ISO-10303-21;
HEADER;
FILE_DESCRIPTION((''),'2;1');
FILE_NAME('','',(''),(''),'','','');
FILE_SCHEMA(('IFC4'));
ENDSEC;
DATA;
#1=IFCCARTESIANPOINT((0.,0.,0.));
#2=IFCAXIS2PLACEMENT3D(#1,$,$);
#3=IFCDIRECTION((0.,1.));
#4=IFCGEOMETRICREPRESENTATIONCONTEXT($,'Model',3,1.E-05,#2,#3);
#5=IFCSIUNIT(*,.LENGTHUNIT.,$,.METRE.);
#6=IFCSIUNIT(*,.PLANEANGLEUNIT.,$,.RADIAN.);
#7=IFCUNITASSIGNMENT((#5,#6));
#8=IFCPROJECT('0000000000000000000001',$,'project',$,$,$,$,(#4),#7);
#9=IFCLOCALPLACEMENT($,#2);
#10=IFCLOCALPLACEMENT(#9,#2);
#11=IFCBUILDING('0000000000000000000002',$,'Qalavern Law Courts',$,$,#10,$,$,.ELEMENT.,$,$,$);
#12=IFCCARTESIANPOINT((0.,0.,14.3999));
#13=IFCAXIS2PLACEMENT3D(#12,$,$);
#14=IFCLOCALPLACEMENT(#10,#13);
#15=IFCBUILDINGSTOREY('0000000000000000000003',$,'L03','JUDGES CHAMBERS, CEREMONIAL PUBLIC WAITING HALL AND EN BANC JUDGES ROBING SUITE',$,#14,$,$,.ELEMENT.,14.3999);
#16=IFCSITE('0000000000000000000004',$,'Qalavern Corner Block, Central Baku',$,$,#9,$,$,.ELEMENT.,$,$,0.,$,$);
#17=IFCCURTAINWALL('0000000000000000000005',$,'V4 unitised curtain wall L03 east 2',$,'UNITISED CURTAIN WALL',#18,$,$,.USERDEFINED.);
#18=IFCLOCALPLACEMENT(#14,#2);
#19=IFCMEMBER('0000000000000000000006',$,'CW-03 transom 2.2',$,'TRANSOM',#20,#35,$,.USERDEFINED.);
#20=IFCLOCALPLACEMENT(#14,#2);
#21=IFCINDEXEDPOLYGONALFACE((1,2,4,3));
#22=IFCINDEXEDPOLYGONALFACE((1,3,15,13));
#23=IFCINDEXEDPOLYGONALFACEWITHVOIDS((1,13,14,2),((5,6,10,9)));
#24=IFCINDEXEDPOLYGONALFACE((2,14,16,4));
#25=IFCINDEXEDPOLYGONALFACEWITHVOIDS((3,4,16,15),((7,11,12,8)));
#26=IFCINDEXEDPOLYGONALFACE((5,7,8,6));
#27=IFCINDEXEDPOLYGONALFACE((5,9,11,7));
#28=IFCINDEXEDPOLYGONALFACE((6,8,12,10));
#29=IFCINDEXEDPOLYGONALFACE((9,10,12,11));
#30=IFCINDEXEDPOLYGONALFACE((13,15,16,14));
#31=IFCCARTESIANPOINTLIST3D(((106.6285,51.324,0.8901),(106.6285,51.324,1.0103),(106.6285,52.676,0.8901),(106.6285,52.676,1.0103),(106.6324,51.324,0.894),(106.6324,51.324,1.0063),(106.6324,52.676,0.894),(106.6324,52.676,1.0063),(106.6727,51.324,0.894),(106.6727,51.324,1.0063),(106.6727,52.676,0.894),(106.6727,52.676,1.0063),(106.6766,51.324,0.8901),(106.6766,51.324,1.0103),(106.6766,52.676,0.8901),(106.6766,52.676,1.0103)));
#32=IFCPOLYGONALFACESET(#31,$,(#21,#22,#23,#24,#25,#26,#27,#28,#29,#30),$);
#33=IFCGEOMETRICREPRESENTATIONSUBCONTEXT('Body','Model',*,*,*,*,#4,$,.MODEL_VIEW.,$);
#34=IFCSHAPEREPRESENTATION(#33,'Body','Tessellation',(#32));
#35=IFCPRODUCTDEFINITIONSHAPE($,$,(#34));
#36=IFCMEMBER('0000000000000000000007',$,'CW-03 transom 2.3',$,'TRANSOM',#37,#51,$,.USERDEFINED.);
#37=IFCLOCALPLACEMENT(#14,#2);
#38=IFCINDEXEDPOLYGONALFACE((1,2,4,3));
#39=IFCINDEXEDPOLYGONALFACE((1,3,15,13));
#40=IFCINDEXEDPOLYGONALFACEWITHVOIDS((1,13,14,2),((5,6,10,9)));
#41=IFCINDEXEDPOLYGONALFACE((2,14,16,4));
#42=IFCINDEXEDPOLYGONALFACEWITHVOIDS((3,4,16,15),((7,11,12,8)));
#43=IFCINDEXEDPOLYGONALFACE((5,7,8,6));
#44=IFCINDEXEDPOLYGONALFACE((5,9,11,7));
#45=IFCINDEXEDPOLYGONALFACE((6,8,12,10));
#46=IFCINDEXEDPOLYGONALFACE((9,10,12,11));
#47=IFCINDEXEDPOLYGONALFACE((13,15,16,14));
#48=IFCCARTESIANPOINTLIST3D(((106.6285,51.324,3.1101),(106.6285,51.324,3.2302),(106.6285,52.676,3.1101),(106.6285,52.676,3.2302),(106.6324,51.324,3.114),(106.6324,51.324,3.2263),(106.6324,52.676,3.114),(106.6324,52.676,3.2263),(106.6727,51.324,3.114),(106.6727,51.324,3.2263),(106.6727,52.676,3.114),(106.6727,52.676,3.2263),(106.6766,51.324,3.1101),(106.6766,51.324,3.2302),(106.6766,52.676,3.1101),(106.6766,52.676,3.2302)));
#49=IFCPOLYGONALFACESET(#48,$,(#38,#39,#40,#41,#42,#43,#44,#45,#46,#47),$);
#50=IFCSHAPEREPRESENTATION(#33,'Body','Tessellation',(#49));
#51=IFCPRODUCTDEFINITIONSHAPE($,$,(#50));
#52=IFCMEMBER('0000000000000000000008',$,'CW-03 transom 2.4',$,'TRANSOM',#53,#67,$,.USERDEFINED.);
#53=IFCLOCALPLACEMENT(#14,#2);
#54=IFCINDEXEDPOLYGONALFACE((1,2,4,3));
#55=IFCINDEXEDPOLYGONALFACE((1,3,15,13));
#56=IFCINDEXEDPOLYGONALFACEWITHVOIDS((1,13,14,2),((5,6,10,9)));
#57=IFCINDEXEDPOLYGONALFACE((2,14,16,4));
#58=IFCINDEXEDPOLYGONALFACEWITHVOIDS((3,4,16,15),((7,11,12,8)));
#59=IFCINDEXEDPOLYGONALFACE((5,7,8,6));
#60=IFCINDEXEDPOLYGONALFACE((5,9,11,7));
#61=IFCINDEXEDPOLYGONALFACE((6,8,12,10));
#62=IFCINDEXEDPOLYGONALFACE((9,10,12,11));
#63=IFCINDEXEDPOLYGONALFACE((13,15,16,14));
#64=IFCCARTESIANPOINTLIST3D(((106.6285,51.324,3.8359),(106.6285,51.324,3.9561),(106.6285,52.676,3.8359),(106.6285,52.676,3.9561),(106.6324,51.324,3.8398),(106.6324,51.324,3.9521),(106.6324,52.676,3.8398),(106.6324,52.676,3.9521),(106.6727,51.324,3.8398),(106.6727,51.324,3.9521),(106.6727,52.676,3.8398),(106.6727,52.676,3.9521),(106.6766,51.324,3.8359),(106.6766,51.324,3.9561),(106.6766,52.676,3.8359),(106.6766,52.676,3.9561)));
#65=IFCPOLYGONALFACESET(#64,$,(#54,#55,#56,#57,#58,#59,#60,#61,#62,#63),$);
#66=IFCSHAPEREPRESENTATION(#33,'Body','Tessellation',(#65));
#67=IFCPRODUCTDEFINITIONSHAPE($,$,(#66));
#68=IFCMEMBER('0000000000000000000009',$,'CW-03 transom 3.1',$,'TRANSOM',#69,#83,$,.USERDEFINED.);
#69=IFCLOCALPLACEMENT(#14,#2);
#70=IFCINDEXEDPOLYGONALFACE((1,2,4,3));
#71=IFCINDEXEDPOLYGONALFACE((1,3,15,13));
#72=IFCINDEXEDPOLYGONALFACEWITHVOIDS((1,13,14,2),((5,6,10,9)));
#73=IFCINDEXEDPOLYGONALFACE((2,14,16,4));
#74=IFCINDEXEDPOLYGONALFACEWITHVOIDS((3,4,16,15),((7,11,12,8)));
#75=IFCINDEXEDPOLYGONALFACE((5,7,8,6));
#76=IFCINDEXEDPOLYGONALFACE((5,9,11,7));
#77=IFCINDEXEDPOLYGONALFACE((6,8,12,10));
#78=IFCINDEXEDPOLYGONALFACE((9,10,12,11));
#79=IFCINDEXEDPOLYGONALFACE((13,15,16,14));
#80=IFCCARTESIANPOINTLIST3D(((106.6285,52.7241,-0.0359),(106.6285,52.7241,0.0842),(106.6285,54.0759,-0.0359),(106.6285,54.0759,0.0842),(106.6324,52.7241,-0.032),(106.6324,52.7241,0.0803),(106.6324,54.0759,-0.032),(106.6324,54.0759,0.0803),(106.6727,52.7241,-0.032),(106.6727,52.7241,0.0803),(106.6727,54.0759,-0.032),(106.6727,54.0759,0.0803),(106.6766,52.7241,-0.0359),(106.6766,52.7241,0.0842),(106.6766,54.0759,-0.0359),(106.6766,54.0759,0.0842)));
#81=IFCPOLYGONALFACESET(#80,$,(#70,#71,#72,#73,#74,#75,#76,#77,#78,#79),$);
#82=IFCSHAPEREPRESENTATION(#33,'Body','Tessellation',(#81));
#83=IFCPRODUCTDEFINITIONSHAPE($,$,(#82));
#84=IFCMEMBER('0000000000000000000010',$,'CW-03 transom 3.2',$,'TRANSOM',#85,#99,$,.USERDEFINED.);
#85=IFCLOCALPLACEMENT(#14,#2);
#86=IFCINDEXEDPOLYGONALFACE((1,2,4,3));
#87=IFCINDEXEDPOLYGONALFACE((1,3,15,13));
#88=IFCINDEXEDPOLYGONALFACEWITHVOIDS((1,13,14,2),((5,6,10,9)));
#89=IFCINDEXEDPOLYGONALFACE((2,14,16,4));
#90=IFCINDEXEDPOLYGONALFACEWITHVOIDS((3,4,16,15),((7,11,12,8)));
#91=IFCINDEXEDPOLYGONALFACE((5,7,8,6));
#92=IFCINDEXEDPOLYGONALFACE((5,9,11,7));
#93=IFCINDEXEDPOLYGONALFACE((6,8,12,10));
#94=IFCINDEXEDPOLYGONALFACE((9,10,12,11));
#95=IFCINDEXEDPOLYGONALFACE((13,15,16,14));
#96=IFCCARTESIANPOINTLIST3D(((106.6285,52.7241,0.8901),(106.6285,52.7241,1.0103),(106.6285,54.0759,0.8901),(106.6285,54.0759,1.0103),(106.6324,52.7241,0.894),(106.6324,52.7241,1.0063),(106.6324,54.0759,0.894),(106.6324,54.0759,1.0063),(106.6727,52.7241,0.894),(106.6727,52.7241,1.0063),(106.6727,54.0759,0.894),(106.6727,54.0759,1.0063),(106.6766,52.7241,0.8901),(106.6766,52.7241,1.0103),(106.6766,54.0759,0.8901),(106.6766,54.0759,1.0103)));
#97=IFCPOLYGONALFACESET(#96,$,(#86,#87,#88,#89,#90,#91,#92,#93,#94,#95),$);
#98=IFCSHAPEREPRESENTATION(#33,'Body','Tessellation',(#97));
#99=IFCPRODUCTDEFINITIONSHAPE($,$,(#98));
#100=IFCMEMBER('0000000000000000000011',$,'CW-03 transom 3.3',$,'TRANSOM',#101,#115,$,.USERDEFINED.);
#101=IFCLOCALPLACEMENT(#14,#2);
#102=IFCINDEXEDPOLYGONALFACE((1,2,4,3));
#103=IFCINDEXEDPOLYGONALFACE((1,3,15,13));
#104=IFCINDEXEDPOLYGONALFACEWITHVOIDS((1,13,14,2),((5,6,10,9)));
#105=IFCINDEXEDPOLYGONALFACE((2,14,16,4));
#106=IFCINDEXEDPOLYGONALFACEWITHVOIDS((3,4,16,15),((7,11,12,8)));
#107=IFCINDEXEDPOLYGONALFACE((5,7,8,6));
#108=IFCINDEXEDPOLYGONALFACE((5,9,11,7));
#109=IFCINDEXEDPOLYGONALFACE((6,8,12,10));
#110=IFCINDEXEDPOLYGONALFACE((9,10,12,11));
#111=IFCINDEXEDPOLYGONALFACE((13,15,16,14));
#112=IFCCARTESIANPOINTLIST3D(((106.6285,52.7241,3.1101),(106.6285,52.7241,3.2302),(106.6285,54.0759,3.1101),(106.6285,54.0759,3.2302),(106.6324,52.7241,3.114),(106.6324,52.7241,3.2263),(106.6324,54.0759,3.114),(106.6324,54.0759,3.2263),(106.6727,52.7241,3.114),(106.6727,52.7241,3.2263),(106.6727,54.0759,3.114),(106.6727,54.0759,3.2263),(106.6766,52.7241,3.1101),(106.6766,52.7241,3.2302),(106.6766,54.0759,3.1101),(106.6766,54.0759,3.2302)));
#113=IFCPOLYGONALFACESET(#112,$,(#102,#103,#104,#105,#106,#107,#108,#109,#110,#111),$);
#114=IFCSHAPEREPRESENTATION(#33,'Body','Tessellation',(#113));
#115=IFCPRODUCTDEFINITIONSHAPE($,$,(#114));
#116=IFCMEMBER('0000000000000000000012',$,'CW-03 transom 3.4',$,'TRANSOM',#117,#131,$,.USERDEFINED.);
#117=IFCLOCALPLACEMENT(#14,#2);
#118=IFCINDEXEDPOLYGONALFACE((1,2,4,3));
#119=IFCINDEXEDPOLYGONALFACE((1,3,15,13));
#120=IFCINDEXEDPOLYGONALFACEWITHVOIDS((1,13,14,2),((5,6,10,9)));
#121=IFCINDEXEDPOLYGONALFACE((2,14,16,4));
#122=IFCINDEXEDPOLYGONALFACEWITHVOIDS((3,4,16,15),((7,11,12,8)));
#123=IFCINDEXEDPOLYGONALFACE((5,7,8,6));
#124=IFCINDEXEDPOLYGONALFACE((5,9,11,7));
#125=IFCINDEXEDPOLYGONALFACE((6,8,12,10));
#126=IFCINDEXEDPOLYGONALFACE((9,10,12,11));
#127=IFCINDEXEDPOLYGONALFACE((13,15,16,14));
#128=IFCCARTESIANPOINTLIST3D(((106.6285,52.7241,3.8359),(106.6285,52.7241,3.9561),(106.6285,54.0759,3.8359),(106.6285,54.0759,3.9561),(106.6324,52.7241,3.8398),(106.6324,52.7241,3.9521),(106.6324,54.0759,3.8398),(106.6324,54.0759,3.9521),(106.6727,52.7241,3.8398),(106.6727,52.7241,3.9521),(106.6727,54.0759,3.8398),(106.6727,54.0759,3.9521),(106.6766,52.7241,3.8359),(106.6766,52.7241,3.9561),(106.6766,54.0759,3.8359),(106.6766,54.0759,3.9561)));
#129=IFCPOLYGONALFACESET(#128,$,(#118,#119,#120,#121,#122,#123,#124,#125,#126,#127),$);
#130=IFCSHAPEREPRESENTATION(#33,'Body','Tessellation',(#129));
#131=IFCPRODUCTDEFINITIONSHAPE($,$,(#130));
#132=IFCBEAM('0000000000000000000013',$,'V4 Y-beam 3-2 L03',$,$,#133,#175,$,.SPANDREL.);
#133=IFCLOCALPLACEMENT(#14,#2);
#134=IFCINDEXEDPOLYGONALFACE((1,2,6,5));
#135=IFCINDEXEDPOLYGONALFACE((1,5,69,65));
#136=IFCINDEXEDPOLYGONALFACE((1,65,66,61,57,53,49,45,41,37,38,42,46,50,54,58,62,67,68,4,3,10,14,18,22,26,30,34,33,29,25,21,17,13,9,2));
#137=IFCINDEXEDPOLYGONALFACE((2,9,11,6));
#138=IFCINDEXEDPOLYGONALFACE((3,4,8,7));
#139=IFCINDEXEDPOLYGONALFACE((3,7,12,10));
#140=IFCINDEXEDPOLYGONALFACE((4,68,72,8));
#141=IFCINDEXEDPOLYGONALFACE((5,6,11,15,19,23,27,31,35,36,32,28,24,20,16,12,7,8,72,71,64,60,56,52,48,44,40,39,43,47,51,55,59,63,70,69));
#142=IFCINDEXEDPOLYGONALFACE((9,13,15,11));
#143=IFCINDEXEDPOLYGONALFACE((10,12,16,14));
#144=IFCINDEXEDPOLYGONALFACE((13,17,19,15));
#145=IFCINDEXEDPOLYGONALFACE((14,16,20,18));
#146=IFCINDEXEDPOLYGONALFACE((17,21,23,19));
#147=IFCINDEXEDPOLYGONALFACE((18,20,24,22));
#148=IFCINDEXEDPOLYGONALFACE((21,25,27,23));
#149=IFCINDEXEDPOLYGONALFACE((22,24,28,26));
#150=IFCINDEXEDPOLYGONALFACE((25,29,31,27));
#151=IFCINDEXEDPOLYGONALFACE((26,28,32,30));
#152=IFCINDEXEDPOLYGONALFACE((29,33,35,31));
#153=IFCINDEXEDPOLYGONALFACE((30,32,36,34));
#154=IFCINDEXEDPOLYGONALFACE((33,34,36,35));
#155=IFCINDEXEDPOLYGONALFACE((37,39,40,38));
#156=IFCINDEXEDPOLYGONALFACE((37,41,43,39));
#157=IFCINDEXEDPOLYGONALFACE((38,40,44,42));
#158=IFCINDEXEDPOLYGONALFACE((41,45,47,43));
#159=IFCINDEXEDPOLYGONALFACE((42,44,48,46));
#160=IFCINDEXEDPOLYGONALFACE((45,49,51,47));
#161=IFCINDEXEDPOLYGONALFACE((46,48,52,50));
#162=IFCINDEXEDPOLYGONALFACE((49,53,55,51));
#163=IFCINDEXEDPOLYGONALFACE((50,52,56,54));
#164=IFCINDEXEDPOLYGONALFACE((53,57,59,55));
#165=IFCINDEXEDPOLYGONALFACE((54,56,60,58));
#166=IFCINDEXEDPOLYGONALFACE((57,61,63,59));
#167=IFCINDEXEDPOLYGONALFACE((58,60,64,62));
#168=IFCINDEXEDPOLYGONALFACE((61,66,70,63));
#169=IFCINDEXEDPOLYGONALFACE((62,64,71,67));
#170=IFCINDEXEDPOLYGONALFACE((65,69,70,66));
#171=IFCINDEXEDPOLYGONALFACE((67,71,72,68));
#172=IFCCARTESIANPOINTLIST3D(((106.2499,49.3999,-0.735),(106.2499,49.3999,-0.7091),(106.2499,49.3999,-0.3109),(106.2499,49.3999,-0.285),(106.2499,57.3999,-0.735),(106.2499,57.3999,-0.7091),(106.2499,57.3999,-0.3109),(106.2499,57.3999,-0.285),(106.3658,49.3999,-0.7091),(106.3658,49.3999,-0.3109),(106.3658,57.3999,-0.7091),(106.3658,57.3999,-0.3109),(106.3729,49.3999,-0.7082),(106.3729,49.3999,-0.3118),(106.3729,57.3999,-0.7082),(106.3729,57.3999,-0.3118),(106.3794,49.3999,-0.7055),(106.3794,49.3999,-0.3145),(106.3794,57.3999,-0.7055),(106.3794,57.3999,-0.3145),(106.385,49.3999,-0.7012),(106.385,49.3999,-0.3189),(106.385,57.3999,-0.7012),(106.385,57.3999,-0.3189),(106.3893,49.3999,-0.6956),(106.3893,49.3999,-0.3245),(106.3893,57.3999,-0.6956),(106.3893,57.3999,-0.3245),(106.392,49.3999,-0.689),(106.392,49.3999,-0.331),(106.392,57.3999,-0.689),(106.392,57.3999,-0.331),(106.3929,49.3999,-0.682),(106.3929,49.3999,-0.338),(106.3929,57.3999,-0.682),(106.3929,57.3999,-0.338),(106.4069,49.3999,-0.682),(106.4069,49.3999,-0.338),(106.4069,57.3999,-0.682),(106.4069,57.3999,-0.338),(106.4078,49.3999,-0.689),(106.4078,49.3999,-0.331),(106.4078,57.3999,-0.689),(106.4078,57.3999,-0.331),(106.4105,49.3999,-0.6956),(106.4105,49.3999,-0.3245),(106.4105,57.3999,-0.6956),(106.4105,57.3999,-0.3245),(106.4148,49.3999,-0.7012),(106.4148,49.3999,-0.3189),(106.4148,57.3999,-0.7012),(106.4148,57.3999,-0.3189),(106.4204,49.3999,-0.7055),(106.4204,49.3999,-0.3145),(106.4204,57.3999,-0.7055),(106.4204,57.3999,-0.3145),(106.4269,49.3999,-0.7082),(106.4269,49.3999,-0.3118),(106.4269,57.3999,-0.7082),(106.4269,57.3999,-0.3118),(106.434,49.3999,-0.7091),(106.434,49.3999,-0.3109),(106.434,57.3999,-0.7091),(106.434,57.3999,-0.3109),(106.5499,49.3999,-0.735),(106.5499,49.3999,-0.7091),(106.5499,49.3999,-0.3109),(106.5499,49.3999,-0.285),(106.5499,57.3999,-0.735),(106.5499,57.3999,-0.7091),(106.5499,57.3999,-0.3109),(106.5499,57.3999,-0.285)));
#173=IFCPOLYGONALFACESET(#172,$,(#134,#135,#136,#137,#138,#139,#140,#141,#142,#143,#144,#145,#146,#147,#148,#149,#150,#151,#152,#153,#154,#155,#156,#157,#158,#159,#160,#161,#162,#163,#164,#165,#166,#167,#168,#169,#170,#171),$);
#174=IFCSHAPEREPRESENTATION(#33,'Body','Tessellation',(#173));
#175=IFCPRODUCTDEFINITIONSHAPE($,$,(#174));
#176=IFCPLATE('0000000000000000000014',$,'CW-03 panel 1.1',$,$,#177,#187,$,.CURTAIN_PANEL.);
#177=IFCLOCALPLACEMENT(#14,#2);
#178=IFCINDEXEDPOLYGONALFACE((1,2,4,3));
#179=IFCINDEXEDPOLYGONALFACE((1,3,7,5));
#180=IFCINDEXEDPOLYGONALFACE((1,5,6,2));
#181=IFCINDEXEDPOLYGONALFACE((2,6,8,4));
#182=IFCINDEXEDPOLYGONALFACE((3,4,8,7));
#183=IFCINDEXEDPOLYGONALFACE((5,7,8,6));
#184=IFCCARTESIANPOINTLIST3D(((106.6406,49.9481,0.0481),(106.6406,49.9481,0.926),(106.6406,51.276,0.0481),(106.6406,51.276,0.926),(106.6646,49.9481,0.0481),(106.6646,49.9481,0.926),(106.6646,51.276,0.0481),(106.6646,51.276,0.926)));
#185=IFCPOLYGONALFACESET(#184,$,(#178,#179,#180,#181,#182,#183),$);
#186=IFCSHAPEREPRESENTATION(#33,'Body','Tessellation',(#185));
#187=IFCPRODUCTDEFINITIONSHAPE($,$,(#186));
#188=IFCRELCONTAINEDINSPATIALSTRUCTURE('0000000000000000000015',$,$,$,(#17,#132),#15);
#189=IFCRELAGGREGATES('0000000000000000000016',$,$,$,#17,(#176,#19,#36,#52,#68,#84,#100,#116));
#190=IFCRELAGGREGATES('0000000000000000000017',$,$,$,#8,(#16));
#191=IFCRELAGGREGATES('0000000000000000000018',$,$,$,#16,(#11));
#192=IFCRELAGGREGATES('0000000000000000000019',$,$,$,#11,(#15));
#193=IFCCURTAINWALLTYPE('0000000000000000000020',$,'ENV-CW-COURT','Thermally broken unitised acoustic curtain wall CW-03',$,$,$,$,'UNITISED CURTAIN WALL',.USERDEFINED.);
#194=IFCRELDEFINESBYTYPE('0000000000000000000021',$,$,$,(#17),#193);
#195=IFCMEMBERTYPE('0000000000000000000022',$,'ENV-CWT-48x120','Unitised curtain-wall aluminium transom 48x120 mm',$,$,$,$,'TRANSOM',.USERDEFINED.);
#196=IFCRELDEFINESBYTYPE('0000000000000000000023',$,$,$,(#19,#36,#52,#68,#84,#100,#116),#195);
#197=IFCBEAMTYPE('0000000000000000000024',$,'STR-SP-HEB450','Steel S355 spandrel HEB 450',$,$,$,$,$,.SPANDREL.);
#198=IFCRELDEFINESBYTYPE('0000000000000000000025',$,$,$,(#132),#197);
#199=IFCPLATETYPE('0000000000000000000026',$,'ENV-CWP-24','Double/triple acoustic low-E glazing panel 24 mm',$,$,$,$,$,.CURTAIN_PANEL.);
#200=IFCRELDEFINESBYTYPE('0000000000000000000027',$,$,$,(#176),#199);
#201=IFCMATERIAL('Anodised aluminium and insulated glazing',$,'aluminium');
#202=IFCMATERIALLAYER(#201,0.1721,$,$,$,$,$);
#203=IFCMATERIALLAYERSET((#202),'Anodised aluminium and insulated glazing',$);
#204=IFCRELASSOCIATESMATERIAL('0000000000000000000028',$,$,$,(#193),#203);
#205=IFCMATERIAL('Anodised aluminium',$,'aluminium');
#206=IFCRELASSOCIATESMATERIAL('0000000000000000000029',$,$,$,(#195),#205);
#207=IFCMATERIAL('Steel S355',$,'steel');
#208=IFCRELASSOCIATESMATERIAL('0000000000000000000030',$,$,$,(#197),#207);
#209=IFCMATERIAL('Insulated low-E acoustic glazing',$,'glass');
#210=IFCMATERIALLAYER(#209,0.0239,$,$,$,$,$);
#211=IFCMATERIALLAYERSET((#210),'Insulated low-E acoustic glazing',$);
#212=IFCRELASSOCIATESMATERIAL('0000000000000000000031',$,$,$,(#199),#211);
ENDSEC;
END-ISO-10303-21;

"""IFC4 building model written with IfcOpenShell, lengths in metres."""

from ifc_helpers import new_model, si_unit, direction, frame, origin, origin_2d, place, context, subcontext, project, spatial, rectangle, hollow_rectangle, i_section, extrude, material, layer, layer_set, material_profile, profile_set, type_object, element, aggregate, save


model = new_model("IFC4")

# Units and contexts
model_context = context("Model", 3, precision=1e-05, world=origin(), true_north=direction((0.0, 1.0)))
body_context = subcontext(model_context, "Body", "Model", "MODEL_VIEW")
ifc_project = project(units=[si_unit("LENGTHUNIT", "METRE"), si_unit("PLANEANGLEUNIT", "RADIAN")], contexts=[model_context])

# Site, building, storey
site_placement = place(None, origin())
site = spatial("IfcSite", under=ifc_project, at=site_placement, Name="Qalavern Corner Block, Central Baku", CompositionType="ELEMENT", RefElevation=0.0)
building_placement = place(site_placement, origin())
building = spatial("IfcBuilding", under=site, at=building_placement, Name="Qalavern Law Courts", CompositionType="ELEMENT")
storey_placement = place(building_placement, frame((0.0, 0.0, 14.3999)))
storey = spatial("IfcBuildingStorey", under=building, at=storey_placement, Name="L03", Description="JUDGES CHAMBERS, CEREMONIAL PUBLIC WAITING HALL AND EN BANC JUDGES ROBING SUITE", CompositionType="ELEMENT", Elevation=14.3999)

# Shared definitions
ifc_material_1 = material(Name="Anodised aluminium and insulated glazing", Category="aluminium")
ifc_layer_1 = layer(ifc_material_1, 0.1721)
ifc_layer_set_1 = layer_set([ifc_layer_1], Name="Anodised aluminium and insulated glazing")
curtain_wall_type = type_object("IfcCurtainWallType", Name="ENV-CW-COURT", Description="Thermally broken unitised acoustic curtain wall CW-03", ElementType="UNITISED CURTAIN WALL", PredefinedType="USERDEFINED", material=ifc_layer_set_1)
ifc_material_2 = material(Name="Anodised aluminium", Category="aluminium")

# Curtain wall
curtain_wall_1_placement = place(storey_placement, origin())
curtain_wall_1 = element("IfcCurtainWall", 1, at=curtain_wall_1_placement, inside=storey, type_object=curtain_wall_type, Name="V4 unitised curtain wall L03 east 2", ObjectType="UNITISED CURTAIN WALL", PredefinedType="USERDEFINED")

# Members
ifc_material_profile_1 = material_profile(ifc_material_2, hollow_rectangle(XDim=0.0481, YDim=0.1201, WallThickness=0.0039, at=origin_2d()), Name="ALU TRANSOM 48x120")
ifc_profile_set_1 = profile_set([ifc_material_profile_1], Name="Anodised aluminium")
member_type_1 = type_object("IfcMemberType", Name="ENV-CWT-48x120", Description="Unitised curtain-wall aluminium transom 48x120 mm", ElementType="TRANSOM", PredefinedType="USERDEFINED", material=ifc_profile_set_1)
member_1_placement = place(storey_placement, frame((106.6526, 51.324, 0.9502), z_axis=(0.0, 1.0, 0.0), x_axis=(-1.0, 0.0, 0.0)))
member_1 = element("IfcMember", 2, at=member_1_placement, type_object=member_type_1, Name="CW-03 transom 2.2", ObjectType="TRANSOM", PredefinedType="USERDEFINED", context=body_context, shape_type="SweptSolid", body=[
    extrude(hollow_rectangle(XDim=0.0481, YDim=0.1201, WallThickness=0.0039, at=origin_2d()), origin(), (0.0, 0.0, 1.0), 1.3521),
])
member_2_placement = place(storey_placement, frame((106.6526, 51.324, 3.1702), z_axis=(0.0, 1.0, 0.0), x_axis=(-1.0, 0.0, 0.0)))
member_2 = element("IfcMember", 3, at=member_2_placement, type_object=member_type_1, Name="CW-03 transom 2.3", ObjectType="TRANSOM", PredefinedType="USERDEFINED", context=body_context, shape_type="SweptSolid", body=[
    extrude(hollow_rectangle(XDim=0.0481, YDim=0.1201, WallThickness=0.0039, at=origin_2d()), origin(), (0.0, 0.0, 1.0), 1.3521),
])
member_3_placement = place(storey_placement, frame((106.6526, 51.324, 3.896), z_axis=(0.0, 1.0, 0.0), x_axis=(-1.0, 0.0, 0.0)))
member_3 = element("IfcMember", 4, at=member_3_placement, type_object=member_type_1, Name="CW-03 transom 2.4", ObjectType="TRANSOM", PredefinedType="USERDEFINED", context=body_context, shape_type="SweptSolid", body=[
    extrude(hollow_rectangle(XDim=0.0481, YDim=0.1201, WallThickness=0.0039, at=origin_2d()), origin(), (0.0, 0.0, 1.0), 1.3521),
])
member_4_placement = place(storey_placement, frame((106.6526, 52.7241, 0.0242), z_axis=(0.0, 1.0, 0.0), x_axis=(-1.0, 0.0, 0.0)))
member_4 = element("IfcMember", 5, at=member_4_placement, type_object=member_type_1, Name="CW-03 transom 3.1", ObjectType="TRANSOM", PredefinedType="USERDEFINED", context=body_context, shape_type="SweptSolid", body=[
    extrude(hollow_rectangle(XDim=0.0481, YDim=0.1201, WallThickness=0.0039, at=origin_2d()), origin(), (0.0, 0.0, 1.0), 1.3518),
])
member_5_placement = place(storey_placement, frame((106.6526, 52.7241, 0.9502), z_axis=(0.0, 1.0, 0.0), x_axis=(-1.0, 0.0, 0.0)))
member_5 = element("IfcMember", 6, at=member_5_placement, type_object=member_type_1, Name="CW-03 transom 3.2", ObjectType="TRANSOM", PredefinedType="USERDEFINED", context=body_context, shape_type="SweptSolid", body=[
    extrude(hollow_rectangle(XDim=0.0481, YDim=0.1201, WallThickness=0.0039, at=origin_2d()), origin(), (0.0, 0.0, 1.0), 1.3518),
])
member_6_placement = place(storey_placement, frame((106.6526, 52.7241, 3.1702), z_axis=(0.0, 1.0, 0.0), x_axis=(-1.0, 0.0, 0.0)))
member_6 = element("IfcMember", 7, at=member_6_placement, type_object=member_type_1, Name="CW-03 transom 3.3", ObjectType="TRANSOM", PredefinedType="USERDEFINED", context=body_context, shape_type="SweptSolid", body=[
    extrude(hollow_rectangle(XDim=0.0481, YDim=0.1201, WallThickness=0.0039, at=origin_2d()), origin(), (0.0, 0.0, 1.0), 1.3518),
])
member_7_placement = place(storey_placement, frame((106.6526, 52.7241, 3.896), z_axis=(0.0, 1.0, 0.0), x_axis=(-1.0, 0.0, 0.0)))
member_7 = element("IfcMember", 8, at=member_7_placement, type_object=member_type_1, Name="CW-03 transom 3.4", ObjectType="TRANSOM", PredefinedType="USERDEFINED", context=body_context, shape_type="SweptSolid", body=[
    extrude(hollow_rectangle(XDim=0.0481, YDim=0.1201, WallThickness=0.0039, at=origin_2d()), origin(), (0.0, 0.0, 1.0), 1.3518),
])

# Beam
ifc_material_3 = material(Name="Steel S355", Category="steel")
ifc_material_profile_2 = material_profile(ifc_material_3, i_section(OverallWidth=0.3, OverallDepth=0.45, WebThickness=0.0139, FlangeThickness=0.0259, FilletRadius=0.0271, at=origin_2d()), Name="HEB 450")
ifc_profile_set_2 = profile_set([ifc_material_profile_2], Name="Steel S355")
beam_type = type_object("IfcBeamType", Name="STR-SP-HEB450", Description="Steel S355 spandrel HEB 450", PredefinedType="SPANDREL", material=ifc_profile_set_2)
beam_placement = place(storey_placement, frame((106.3999, 49.3999, -0.51), z_axis=(0.0, 1.0, 0.0), x_axis=(-1.0, 0.0, 0.0)))
element("IfcBeam", 9, at=beam_placement, inside=storey, type_object=beam_type, Name="V4 Y-beam 3-2 L03", PredefinedType="SPANDREL", context=body_context, shape_type="SweptSolid", body=[
    extrude(i_section(OverallWidth=0.3, OverallDepth=0.45, WebThickness=0.0139, FlangeThickness=0.0259, FilletRadius=0.0271, at=origin_2d()), origin(), (0.0, 0.0, 1.0), 8.0),
])

# Plate
ifc_material_4 = material(Name="Insulated low-E acoustic glazing", Category="glass")
ifc_layer_2 = layer(ifc_material_4, 0.0239)
ifc_layer_set_2 = layer_set([ifc_layer_2], Name="Insulated low-E acoustic glazing")
plate_type_1 = type_object("IfcPlateType", Name="ENV-CWP-24", Description="Double/triple acoustic low-E glazing panel 24 mm", PredefinedType="CURTAIN_PANEL", material=ifc_layer_set_2)
plate_1_placement = place(storey_placement, frame((106.6526, 50.6121, 0.0481), z_axis=(0.0, 0.0, 1.0), x_axis=(0.0, 1.0, 0.0)))
plate_1 = element("IfcPlate", 10, at=plate_1_placement, type_object=plate_type_1, Name="CW-03 panel 1.1", PredefinedType="CURTAIN_PANEL", context=body_context, shape_type="SweptSolid", body=[
    extrude(rectangle(XDim=1.3279, YDim=0.0239, at=origin_2d()), origin(), (0.0, 0.0, 1.0), 0.8779),
])
aggregate(curtain_wall_1, [plate_1, member_1, member_2, member_3, member_4, member_5, member_6, member_7])

save(model, "model.ifc")
